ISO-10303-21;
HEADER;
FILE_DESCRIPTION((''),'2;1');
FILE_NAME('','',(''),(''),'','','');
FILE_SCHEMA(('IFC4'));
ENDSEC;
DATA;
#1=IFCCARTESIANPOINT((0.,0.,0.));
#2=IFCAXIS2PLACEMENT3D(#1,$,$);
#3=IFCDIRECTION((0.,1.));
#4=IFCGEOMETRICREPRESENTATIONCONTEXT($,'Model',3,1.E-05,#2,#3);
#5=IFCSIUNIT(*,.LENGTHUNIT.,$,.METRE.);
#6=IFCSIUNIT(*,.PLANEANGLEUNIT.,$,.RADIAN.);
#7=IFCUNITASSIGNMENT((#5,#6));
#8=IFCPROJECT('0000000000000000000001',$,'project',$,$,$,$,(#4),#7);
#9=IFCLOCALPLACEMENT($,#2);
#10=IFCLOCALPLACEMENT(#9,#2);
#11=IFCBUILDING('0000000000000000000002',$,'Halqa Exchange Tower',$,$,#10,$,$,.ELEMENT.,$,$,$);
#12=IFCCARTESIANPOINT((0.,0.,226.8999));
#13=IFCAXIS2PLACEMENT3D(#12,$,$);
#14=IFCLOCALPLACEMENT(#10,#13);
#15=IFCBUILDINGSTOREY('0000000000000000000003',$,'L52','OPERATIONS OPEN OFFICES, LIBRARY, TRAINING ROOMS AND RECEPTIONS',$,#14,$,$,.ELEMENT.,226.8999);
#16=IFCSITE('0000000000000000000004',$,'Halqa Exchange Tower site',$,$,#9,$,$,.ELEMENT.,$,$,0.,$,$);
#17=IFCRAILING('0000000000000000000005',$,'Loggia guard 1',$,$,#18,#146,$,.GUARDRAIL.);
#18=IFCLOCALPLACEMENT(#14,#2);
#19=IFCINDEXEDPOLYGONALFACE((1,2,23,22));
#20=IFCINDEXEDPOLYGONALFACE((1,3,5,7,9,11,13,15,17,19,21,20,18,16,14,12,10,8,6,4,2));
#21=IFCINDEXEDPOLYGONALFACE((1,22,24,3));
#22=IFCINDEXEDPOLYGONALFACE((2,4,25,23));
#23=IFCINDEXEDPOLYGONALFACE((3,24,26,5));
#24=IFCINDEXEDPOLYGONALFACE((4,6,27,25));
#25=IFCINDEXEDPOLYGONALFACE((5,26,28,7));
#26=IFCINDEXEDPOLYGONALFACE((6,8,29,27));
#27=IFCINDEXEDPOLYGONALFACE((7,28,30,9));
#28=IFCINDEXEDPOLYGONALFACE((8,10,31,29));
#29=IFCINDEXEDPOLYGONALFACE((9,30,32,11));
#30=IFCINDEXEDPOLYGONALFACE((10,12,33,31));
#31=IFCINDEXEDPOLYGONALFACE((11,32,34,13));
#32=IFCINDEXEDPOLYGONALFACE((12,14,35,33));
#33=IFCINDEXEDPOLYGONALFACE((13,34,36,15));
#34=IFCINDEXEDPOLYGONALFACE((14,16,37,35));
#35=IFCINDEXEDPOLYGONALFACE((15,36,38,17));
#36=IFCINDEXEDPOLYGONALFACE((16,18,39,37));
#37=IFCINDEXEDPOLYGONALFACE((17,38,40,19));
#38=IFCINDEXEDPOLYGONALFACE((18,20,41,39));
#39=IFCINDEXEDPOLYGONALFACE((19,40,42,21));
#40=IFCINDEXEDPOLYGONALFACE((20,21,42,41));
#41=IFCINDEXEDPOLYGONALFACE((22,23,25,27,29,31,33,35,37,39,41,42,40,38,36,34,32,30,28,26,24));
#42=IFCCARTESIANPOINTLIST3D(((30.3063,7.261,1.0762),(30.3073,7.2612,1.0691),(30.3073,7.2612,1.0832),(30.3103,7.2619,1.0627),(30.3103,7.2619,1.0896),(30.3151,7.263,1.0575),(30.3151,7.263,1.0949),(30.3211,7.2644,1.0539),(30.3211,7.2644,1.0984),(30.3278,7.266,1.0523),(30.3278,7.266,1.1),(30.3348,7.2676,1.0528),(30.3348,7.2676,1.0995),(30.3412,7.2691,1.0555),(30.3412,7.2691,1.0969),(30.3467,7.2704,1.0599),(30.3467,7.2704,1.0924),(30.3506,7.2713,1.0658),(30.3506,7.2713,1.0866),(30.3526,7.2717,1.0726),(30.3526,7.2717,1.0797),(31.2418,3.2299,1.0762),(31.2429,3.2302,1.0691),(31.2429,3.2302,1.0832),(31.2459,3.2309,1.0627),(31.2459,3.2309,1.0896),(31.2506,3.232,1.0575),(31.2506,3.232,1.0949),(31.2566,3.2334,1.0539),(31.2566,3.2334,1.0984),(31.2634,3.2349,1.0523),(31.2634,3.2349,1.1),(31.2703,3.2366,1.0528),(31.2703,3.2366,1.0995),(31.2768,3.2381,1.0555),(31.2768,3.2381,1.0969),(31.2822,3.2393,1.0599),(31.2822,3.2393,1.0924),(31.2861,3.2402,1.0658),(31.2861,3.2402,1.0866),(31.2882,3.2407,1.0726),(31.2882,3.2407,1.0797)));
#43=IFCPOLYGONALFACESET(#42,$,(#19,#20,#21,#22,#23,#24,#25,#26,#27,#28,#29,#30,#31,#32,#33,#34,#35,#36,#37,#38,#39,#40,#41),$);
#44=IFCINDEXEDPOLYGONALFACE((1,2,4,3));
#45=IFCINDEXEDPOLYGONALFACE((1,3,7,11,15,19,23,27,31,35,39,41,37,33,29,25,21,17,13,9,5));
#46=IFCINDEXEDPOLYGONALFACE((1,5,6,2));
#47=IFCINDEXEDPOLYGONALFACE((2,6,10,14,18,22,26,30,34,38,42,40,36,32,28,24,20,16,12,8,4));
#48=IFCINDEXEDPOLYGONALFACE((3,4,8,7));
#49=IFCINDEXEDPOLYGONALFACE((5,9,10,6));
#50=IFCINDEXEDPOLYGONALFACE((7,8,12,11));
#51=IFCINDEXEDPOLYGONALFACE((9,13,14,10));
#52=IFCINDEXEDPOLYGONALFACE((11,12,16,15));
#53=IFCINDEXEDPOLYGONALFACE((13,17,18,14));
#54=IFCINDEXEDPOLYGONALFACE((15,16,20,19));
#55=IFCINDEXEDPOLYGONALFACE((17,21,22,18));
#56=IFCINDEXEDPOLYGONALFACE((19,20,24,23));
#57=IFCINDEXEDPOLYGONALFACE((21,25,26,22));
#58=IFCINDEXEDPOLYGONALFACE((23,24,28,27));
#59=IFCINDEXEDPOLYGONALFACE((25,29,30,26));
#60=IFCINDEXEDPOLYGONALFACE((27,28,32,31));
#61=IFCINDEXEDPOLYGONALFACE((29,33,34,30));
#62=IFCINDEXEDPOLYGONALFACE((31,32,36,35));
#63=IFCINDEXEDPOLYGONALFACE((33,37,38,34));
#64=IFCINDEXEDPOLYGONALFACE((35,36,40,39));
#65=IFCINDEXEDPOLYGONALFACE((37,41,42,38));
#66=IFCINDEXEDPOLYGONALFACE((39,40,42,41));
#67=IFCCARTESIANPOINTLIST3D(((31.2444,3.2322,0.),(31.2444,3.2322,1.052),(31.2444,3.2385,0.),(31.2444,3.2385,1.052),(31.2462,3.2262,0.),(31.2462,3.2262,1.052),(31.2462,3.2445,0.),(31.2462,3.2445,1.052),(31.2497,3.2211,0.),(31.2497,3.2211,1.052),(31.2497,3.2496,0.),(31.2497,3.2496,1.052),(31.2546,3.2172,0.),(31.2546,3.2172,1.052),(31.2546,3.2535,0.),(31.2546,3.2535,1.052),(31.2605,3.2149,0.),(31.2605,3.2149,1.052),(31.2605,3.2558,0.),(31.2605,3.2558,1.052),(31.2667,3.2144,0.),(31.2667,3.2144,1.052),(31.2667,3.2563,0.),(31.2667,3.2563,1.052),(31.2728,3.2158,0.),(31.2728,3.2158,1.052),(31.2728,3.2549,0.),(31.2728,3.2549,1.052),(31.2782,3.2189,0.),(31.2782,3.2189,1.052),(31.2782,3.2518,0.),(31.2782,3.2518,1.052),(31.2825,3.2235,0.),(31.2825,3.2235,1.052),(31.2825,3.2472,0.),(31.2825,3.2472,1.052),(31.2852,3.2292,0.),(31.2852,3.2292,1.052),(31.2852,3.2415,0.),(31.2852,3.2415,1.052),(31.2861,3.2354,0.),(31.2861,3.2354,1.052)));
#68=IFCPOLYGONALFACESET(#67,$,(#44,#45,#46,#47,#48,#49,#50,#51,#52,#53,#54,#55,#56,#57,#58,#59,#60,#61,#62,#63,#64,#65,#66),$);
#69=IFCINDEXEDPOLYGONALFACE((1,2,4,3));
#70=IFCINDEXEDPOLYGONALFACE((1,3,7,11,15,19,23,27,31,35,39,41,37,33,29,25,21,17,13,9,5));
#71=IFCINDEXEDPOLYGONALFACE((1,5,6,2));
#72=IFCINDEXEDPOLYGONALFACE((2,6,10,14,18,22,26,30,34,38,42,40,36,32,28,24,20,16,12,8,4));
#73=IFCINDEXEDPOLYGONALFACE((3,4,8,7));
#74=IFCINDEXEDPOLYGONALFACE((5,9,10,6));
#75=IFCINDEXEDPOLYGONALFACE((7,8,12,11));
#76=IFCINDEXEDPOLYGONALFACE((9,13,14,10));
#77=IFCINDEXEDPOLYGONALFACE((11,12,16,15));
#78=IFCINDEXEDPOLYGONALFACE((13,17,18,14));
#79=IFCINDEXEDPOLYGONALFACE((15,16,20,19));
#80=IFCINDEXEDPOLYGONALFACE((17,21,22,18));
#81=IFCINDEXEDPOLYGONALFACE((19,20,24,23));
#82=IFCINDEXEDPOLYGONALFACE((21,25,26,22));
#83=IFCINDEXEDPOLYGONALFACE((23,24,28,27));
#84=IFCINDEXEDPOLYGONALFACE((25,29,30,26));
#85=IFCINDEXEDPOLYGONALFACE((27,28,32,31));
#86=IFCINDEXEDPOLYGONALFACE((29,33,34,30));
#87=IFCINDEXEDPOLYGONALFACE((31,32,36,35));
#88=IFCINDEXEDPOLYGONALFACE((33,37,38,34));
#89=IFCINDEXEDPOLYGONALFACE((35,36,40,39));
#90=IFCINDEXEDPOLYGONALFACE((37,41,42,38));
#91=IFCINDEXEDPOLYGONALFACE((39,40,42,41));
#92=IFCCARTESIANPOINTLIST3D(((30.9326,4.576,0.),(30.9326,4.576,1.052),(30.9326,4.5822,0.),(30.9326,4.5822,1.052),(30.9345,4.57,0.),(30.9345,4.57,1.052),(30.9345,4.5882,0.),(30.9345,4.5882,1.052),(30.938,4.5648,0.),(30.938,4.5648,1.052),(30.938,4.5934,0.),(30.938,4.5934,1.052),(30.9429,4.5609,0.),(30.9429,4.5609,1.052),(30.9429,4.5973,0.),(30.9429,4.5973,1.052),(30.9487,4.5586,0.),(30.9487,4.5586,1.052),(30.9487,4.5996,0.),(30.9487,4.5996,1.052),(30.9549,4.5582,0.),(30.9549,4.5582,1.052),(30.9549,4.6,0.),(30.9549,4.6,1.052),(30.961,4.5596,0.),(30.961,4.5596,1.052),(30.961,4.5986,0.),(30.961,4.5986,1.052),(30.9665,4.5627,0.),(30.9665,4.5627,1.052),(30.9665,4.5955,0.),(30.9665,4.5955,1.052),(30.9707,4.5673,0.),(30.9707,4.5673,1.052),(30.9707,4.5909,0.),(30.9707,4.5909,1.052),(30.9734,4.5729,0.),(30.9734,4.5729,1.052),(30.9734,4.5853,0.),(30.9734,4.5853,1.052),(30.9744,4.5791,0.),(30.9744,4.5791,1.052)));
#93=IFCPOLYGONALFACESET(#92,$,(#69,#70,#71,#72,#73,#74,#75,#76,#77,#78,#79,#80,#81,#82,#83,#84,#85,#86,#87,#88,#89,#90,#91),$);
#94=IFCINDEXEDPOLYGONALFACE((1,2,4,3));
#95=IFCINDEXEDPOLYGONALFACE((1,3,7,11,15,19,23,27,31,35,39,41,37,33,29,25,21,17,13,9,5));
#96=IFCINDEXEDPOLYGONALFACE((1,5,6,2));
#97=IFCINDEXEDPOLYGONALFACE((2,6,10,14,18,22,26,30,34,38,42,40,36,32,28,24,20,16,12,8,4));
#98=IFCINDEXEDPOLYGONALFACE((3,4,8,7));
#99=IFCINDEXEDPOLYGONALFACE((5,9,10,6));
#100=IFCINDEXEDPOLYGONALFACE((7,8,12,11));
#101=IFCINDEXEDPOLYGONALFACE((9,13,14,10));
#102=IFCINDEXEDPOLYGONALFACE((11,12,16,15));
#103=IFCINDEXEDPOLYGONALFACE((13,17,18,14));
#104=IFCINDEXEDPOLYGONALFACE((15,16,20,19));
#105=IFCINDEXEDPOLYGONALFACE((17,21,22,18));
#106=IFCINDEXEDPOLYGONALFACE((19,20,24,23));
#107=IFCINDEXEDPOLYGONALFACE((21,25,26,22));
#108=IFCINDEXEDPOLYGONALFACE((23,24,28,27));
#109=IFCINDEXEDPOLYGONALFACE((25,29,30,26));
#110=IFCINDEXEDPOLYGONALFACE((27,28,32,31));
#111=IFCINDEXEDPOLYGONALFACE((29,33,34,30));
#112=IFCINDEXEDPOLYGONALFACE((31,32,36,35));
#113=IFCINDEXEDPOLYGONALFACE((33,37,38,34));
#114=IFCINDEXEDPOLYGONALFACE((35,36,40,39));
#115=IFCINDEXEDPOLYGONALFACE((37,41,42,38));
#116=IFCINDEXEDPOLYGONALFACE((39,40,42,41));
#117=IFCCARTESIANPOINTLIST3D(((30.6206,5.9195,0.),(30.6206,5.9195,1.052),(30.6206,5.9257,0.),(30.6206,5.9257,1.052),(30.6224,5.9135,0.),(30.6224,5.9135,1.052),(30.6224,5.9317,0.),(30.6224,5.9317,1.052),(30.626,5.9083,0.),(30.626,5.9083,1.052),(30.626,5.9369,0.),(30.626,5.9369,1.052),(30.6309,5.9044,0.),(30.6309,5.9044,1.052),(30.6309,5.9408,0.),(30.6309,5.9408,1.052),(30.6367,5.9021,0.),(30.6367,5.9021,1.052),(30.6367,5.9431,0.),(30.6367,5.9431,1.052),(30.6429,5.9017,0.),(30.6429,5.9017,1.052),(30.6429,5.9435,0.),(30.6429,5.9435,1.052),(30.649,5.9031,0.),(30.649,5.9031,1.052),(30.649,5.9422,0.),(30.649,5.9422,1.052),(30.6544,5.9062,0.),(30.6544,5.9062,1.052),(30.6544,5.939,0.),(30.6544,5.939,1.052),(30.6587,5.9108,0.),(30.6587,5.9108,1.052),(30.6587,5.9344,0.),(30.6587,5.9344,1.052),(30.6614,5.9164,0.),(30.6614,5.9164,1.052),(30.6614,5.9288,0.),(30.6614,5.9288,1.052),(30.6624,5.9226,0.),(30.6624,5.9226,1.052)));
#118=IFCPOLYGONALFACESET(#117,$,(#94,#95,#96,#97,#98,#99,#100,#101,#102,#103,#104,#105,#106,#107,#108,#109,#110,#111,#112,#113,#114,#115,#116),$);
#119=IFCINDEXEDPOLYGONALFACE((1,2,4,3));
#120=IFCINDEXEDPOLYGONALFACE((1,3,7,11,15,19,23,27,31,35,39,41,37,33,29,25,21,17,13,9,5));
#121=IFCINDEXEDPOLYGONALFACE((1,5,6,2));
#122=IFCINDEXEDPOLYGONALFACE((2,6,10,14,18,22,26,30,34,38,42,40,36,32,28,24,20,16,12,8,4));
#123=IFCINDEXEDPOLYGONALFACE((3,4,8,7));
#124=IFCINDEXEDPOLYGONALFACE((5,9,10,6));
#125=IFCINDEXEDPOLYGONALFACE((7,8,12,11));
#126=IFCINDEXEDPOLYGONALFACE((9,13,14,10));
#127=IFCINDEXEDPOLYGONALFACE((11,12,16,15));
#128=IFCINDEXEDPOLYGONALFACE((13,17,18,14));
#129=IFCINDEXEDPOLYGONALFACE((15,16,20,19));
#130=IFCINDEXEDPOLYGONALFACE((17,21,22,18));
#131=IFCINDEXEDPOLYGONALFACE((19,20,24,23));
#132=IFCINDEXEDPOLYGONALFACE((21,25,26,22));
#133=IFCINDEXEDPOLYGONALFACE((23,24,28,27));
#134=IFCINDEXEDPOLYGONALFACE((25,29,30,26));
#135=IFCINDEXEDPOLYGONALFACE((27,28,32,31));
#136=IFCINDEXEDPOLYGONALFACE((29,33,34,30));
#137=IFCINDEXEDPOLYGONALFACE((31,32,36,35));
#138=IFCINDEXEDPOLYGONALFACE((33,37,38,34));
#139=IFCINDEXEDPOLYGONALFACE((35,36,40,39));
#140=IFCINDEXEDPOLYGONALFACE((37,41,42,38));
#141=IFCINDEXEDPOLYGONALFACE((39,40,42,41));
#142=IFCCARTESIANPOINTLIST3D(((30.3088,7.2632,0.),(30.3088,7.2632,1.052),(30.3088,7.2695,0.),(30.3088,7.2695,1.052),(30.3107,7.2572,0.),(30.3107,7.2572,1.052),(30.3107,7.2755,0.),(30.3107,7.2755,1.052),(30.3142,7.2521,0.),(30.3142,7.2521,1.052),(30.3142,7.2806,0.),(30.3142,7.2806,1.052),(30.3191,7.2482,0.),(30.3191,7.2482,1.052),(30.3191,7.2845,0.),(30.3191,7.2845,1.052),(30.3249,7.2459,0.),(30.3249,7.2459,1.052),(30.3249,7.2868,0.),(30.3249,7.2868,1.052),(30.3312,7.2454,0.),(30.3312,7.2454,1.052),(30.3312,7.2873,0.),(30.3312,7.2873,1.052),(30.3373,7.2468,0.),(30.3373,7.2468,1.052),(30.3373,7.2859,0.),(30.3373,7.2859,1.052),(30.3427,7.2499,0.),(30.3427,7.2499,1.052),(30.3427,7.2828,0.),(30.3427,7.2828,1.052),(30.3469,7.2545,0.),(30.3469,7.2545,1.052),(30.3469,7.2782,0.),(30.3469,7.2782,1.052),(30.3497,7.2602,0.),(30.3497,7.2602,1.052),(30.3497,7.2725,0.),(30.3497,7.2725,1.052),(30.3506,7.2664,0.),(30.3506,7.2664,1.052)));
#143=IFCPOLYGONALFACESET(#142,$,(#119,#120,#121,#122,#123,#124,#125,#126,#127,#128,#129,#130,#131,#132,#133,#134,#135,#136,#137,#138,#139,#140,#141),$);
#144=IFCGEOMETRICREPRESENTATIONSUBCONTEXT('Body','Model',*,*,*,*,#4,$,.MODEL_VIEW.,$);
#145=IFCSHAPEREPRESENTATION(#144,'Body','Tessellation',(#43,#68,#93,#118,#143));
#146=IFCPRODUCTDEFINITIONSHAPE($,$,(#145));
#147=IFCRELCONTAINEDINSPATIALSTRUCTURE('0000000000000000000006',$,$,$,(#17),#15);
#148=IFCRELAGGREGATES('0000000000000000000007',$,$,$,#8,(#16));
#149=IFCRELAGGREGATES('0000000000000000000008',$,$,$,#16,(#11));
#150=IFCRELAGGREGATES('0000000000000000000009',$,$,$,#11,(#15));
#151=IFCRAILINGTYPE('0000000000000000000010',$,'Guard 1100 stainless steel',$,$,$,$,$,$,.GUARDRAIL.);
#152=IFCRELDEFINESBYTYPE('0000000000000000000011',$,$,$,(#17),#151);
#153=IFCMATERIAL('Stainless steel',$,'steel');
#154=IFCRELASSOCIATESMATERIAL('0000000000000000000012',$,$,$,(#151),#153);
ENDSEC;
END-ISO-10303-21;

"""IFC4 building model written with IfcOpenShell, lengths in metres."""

from ifc_helpers import new_model, si_unit, direction, frame, origin, origin_2d, place, context, subcontext, project, spatial, circle, extrude, material, type_object, element, save


model = new_model("IFC4")

# Units and contexts
model_context = context("Model", 3, precision=1e-05, world=origin(), true_north=direction((0.0, 1.0)))
body_context = subcontext(model_context, "Body", "Model", "MODEL_VIEW")
ifc_project = project(units=[si_unit("LENGTHUNIT", "METRE"), si_unit("PLANEANGLEUNIT", "RADIAN")], contexts=[model_context])

# Site, building, storey
site_placement = place(None, origin())
site = spatial("IfcSite", under=ifc_project, at=site_placement, Name="Halqa Exchange Tower site", CompositionType="ELEMENT", RefElevation=0.0)
building_placement = place(site_placement, origin())
building = spatial("IfcBuilding", under=site, at=building_placement, Name="Halqa Exchange Tower", CompositionType="ELEMENT")
storey_placement = place(building_placement, frame((0.0, 0.0, 226.8999)))
storey = spatial("IfcBuildingStorey", under=building, at=storey_placement, Name="L52", Description="OPERATIONS OPEN OFFICES, LIBRARY, TRAINING ROOMS AND RECEPTIONS", CompositionType="ELEMENT", Elevation=226.8999)

# Railing
ifc_material_1 = material(Name="Stainless steel", Category="steel")
railing_type = type_object("IfcRailingType", Name="Guard 1100 stainless steel", PredefinedType="GUARDRAIL", material=ifc_material_1)
railing_1_placement = place(storey_placement, frame((31.2651, 3.2354, 0.0)))
element("IfcRailing", 1, at=railing_1_placement, inside=storey, type_object=railing_type, Name="Loggia guard 1", PredefinedType="GUARDRAIL", context=body_context, shape_type="SweptSolid", body=[
    extrude(circle(Radius=0.0239, at=origin_2d()), frame((0.0, 0.0, 1.0762), z_axis=(-0.226079, 0.974109, 0.0), x_axis=(-0.974109, -0.226079, 0.0)), (0.0, 0.0, 1.0), 4.1382),
    extrude(circle(Radius=0.021, at=origin_2d()), origin(), (0.0, 0.0, 1.0), 1.052),
    extrude(circle(Radius=0.021, at=origin_2d()), frame((-0.3118, 1.3438, 0.0)), (0.0, 0.0, 1.0), 1.052),
    extrude(circle(Radius=0.021, at=origin_2d()), frame((-0.6238, 2.6873, 0.0)), (0.0, 0.0, 1.0), 1.052),
    extrude(circle(Radius=0.021, at=origin_2d()), frame((-0.9355, 4.031, 0.0)), (0.0, 0.0, 1.0), 1.052),
])

save(model, "model.ifc")
